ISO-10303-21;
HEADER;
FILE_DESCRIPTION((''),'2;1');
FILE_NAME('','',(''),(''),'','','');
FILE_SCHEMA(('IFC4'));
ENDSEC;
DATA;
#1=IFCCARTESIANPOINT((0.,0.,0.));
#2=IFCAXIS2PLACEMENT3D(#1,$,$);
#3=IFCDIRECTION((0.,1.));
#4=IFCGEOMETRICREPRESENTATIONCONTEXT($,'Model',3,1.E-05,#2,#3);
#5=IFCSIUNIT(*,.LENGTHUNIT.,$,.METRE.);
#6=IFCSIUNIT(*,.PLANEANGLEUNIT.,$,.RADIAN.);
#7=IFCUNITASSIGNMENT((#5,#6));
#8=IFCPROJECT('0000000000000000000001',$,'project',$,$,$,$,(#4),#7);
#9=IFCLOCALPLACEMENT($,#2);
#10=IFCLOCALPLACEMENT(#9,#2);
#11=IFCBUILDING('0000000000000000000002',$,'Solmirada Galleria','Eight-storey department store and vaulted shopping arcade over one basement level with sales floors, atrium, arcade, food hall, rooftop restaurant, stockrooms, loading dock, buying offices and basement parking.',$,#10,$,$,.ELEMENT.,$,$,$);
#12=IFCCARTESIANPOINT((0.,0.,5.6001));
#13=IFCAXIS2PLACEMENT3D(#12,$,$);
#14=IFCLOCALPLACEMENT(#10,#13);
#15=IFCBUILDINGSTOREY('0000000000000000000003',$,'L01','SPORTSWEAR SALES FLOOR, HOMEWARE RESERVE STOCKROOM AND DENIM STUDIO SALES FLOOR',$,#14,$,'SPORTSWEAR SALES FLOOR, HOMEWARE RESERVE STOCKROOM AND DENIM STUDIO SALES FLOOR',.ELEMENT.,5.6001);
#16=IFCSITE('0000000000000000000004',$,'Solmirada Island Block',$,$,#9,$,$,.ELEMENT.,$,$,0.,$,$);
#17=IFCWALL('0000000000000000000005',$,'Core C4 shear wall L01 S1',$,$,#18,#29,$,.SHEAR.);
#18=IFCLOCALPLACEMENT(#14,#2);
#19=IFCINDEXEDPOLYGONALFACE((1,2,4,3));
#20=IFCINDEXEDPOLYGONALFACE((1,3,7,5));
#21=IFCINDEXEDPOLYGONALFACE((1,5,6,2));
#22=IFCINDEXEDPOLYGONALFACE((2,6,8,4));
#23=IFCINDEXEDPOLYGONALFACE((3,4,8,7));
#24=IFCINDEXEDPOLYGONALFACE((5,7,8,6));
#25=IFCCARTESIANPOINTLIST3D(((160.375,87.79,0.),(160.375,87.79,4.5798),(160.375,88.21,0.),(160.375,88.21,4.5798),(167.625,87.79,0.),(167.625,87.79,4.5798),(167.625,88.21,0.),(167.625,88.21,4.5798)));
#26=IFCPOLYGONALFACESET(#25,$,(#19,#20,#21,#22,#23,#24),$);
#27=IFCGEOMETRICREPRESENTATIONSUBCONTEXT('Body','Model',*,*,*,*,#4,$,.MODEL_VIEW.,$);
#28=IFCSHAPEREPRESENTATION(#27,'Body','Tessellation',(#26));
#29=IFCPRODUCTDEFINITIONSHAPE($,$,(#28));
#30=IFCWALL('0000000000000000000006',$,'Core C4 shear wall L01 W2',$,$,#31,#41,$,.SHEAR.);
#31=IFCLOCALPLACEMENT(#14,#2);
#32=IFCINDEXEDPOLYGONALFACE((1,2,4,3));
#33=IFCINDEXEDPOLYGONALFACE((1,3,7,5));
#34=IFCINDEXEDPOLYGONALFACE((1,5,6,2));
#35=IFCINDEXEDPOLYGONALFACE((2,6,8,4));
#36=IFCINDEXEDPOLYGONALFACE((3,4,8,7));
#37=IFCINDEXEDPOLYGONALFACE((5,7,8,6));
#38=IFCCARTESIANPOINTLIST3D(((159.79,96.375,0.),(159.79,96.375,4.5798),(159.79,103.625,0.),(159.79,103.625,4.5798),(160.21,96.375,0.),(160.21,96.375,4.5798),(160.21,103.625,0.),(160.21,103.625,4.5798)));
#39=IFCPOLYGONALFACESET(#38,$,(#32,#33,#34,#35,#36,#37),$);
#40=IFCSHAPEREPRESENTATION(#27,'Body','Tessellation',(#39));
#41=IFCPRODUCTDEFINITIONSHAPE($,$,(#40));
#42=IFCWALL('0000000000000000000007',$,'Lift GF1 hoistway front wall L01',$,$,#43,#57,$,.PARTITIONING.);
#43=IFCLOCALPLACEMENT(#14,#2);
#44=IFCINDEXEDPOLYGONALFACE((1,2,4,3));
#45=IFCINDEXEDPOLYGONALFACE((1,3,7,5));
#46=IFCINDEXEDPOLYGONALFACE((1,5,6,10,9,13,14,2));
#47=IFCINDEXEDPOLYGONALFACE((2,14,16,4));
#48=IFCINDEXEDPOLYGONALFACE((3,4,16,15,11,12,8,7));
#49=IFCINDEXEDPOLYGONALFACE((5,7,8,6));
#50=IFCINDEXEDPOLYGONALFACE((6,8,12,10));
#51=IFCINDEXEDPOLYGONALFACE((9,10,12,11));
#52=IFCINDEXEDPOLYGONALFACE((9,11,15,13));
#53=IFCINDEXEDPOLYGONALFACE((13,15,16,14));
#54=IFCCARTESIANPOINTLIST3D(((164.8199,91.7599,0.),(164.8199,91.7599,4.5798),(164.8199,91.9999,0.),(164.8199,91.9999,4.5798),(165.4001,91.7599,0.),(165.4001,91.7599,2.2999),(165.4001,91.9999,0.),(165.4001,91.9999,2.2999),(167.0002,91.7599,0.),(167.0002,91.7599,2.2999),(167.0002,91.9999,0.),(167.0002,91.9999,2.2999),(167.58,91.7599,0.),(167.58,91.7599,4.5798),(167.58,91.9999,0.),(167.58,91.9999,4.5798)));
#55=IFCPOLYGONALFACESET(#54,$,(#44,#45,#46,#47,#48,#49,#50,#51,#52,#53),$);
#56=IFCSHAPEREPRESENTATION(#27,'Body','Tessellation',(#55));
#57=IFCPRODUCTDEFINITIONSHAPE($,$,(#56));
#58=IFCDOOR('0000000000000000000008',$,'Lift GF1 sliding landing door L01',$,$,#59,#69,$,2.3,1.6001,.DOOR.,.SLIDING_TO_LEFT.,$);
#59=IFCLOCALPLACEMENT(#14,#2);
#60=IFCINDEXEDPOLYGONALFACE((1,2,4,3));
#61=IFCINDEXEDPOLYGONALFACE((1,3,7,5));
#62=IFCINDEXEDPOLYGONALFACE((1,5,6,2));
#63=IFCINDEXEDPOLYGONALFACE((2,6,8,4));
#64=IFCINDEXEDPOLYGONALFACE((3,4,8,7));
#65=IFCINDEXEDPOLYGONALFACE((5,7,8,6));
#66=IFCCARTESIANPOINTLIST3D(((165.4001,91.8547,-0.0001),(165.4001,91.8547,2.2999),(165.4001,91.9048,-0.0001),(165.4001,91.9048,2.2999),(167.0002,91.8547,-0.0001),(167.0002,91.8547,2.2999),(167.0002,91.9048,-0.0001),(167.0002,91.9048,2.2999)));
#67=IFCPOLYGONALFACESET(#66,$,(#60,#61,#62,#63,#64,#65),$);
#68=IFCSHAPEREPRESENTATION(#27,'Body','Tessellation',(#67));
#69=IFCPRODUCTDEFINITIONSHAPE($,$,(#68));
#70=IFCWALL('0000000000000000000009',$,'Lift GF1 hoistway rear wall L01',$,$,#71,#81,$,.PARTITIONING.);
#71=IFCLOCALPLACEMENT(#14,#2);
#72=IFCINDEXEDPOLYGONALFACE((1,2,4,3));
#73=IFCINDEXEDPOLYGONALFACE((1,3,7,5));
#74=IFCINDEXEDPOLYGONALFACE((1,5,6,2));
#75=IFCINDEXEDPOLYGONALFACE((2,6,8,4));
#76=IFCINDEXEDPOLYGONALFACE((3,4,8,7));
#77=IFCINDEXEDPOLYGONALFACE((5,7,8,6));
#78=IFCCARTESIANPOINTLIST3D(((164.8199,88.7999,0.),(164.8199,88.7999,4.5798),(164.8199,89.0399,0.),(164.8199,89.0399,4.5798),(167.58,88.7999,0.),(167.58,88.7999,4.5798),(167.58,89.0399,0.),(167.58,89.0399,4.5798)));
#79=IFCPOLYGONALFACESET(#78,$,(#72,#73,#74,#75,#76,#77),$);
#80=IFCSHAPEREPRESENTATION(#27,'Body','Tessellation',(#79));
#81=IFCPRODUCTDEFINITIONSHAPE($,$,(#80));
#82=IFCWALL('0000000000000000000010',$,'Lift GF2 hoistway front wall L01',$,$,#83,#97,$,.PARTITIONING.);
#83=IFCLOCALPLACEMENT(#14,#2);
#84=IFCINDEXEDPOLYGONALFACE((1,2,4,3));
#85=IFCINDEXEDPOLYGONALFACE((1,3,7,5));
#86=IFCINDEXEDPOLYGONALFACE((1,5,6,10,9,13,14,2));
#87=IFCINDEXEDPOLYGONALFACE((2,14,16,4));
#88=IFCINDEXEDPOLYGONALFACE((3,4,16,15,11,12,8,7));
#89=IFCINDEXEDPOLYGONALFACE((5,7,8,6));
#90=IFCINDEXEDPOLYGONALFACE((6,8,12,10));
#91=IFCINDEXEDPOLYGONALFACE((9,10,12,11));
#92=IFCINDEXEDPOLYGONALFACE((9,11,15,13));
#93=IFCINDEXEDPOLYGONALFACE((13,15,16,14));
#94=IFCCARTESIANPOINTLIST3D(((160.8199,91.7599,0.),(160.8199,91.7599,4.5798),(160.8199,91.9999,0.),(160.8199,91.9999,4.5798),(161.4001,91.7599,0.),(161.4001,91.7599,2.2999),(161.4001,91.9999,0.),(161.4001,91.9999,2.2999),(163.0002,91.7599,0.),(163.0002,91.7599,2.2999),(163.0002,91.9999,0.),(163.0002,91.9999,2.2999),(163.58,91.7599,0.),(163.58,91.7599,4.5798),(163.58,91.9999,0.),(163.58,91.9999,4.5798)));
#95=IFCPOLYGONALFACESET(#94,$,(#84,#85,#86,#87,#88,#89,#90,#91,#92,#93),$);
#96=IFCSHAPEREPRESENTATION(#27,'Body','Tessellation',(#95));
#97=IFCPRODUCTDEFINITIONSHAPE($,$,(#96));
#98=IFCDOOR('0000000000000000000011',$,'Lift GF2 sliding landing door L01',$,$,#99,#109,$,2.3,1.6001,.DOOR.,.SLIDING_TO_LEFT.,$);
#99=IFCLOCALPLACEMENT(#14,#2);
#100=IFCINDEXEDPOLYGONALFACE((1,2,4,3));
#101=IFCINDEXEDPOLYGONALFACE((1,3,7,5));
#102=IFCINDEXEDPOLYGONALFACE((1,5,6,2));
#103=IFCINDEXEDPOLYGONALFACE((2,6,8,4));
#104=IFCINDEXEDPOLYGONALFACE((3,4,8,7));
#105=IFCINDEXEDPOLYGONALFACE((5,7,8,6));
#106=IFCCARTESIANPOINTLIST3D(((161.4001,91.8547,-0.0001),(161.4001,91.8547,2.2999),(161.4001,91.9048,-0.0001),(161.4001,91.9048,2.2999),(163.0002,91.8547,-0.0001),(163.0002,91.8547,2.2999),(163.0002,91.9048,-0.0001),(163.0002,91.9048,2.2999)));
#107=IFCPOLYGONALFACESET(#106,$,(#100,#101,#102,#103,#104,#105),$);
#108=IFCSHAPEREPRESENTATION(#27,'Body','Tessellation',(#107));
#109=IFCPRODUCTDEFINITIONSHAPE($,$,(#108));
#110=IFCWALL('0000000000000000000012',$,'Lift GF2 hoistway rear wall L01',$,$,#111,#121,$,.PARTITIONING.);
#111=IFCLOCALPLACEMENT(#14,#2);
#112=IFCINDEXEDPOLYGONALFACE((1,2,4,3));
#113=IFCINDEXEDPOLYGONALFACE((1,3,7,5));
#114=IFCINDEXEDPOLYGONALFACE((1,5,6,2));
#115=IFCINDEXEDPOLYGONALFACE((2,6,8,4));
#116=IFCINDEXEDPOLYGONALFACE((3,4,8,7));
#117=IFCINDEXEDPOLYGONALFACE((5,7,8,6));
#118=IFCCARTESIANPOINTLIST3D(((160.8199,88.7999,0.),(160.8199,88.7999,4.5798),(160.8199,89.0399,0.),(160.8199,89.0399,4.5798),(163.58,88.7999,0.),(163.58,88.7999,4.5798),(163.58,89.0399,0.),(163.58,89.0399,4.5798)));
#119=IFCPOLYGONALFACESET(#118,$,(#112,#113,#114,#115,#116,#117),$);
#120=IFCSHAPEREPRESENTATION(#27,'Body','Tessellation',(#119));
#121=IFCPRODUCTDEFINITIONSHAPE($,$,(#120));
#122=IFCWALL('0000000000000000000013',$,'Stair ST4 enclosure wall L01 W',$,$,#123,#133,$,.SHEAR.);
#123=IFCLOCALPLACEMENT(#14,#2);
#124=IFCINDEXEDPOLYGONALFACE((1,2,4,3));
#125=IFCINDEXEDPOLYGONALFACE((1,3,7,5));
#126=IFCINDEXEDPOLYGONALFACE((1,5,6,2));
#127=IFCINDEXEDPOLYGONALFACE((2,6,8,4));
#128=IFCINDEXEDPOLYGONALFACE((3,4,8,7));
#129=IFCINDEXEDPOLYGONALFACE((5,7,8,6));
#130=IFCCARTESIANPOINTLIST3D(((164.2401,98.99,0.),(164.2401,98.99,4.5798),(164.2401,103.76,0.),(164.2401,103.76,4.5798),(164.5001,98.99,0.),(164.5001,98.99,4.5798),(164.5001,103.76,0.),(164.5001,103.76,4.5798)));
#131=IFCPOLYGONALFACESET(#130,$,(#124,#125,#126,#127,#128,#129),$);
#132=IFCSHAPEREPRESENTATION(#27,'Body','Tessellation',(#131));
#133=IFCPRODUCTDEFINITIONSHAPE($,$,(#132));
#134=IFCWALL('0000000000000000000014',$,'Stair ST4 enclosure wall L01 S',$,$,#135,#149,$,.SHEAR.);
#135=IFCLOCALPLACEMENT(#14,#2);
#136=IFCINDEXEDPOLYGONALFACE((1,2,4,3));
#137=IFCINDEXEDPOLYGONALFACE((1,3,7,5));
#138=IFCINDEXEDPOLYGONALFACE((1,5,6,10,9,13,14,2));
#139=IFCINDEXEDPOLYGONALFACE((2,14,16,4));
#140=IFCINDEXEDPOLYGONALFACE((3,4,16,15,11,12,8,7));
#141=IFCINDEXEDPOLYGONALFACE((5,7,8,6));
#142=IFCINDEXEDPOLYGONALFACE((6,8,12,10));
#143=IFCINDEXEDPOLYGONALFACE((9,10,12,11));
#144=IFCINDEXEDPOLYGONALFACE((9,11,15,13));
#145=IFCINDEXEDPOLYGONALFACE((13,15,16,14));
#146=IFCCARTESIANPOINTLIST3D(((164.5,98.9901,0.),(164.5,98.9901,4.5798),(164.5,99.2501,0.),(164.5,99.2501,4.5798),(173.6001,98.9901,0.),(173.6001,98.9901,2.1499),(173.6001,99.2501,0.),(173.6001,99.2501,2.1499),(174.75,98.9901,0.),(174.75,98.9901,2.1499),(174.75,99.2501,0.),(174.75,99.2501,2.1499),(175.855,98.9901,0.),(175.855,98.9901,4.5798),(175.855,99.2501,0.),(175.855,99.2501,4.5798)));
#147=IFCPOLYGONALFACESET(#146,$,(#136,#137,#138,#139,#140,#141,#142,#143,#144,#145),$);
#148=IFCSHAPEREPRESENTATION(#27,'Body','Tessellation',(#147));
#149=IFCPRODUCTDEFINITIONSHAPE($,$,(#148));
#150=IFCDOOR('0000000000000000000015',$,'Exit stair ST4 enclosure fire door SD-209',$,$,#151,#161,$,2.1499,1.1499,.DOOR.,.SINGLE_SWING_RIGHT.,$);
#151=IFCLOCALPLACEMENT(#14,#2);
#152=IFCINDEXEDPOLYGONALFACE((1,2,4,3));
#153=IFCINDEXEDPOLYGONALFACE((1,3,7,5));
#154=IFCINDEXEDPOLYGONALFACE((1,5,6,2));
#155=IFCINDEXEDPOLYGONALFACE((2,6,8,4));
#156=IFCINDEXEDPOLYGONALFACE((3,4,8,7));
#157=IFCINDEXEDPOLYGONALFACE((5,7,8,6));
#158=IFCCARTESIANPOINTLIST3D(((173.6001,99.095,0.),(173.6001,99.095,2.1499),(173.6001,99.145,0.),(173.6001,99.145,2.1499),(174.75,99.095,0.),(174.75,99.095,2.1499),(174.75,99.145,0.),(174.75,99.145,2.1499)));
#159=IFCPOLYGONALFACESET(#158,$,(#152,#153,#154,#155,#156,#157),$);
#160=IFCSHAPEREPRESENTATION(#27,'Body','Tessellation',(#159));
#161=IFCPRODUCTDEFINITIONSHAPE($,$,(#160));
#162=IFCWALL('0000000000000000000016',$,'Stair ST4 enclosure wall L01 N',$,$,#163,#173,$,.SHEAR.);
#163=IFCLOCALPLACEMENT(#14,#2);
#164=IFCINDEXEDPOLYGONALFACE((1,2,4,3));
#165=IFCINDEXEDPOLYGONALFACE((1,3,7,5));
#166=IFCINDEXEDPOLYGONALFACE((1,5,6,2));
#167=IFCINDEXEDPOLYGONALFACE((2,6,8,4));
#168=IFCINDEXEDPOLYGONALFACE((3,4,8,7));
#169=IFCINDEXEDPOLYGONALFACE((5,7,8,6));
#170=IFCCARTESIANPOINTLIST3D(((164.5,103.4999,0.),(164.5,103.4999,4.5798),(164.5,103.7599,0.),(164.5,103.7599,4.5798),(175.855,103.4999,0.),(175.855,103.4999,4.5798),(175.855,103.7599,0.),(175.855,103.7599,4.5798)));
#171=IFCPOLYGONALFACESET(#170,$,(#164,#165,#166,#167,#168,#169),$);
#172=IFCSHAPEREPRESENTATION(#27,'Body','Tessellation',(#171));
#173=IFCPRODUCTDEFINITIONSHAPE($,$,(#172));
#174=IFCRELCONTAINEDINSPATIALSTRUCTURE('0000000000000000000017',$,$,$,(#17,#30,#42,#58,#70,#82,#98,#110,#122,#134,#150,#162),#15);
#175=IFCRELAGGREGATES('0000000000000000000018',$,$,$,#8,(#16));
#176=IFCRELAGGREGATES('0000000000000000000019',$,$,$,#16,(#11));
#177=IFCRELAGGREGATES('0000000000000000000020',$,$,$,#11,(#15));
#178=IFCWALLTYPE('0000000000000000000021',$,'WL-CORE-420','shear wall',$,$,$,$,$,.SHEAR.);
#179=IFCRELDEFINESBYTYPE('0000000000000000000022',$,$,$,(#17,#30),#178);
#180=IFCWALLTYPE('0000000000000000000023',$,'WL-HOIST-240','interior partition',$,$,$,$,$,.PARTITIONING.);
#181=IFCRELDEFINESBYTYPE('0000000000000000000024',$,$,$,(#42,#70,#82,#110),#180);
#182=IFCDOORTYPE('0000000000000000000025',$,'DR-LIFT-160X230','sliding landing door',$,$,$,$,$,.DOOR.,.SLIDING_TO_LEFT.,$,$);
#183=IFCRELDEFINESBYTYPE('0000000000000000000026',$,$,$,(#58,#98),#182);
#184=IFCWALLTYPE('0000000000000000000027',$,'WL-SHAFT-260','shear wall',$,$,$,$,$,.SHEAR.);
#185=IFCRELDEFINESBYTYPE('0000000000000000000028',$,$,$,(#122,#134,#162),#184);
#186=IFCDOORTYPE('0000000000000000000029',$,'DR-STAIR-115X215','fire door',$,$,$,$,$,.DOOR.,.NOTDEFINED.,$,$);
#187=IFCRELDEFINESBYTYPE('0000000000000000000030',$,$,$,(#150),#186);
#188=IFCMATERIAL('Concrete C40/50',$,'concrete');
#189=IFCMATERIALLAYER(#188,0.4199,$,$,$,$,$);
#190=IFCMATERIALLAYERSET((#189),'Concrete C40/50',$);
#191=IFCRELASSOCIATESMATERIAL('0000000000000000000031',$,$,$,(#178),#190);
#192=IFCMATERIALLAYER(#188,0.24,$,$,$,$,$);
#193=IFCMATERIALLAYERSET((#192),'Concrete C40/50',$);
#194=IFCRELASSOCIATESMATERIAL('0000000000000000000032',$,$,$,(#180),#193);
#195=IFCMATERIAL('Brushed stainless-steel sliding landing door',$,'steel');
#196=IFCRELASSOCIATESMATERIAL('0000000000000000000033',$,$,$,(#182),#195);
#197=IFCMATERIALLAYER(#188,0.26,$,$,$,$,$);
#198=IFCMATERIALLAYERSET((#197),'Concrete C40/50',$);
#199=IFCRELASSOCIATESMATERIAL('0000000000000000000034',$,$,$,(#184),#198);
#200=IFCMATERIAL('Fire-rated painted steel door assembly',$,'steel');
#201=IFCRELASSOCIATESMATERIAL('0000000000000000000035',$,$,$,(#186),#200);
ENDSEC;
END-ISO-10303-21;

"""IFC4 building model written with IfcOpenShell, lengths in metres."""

from ifc_helpers import new_model, si_unit, direction, frame, frame_2d, origin, place, context, subcontext, project, spatial, rectangle, extrude, material, layer, layer_set, type_object, element, fill, save


model = new_model("IFC4")

# Units and contexts
model_context = context("Model", 3, precision=1e-05, world=origin(), true_north=direction((0.0, 1.0)))
body_context = subcontext(model_context, "Body", "Model", "MODEL_VIEW")
ifc_project = project(units=[si_unit("LENGTHUNIT", "METRE"), si_unit("PLANEANGLEUNIT", "RADIAN")], contexts=[model_context])

# Site, building, storey
site_placement = place(None, origin())
site = spatial("IfcSite", under=ifc_project, at=site_placement, Name="Solmirada Island Block", CompositionType="ELEMENT", RefElevation=0.0)
building_placement = place(site_placement, origin())
building = spatial("IfcBuilding", under=site, at=building_placement, Name="Solmirada Galleria", Description="Eight-storey department store and vaulted shopping arcade over one basement level with sales floors, atrium, arcade, food hall, rooftop restaurant, stockrooms, loading dock, buying offices and basement parking.", CompositionType="ELEMENT")
storey_placement = place(building_placement, frame((0.0, 0.0, 5.6001)))
storey = spatial("IfcBuildingStorey", under=building, at=storey_placement, Name="L01", Description="SPORTSWEAR SALES FLOOR, HOMEWARE RESERVE STOCKROOM AND DENIM STUDIO SALES FLOOR", LongName="SPORTSWEAR SALES FLOOR, HOMEWARE RESERVE STOCKROOM AND DENIM STUDIO SALES FLOOR", CompositionType="ELEMENT", Elevation=5.6001)

# Walls
ifc_material_1 = material(Name="Concrete C40/50", Category="concrete")
ifc_layer_1 = layer(ifc_material_1, 0.4199)
ifc_layer_set_1 = layer_set([ifc_layer_1], Name="Concrete C40/50")
wall_type_1 = type_object("IfcWallType", Name="WL-CORE-420", Description="shear wall", PredefinedType="SHEAR", material=ifc_layer_set_1)
for number, where, z_axis, x_axis, name in (
    (1, (160.375, 88.0, 0.0), (0.0, 0.0, 1.0), (1.0, 0.0, 0.0), "Core C4 shear wall L01 S1"),
    (2, (160.0, 96.375, 0.0), (0.0, 0.0, 1.0), (0.0, 1.0, 0.0), "Core C4 shear wall L01 W2"),
):
    element("IfcWall", number, at=place(storey_placement, frame(where, z_axis=z_axis, x_axis=x_axis)), inside=storey, type_object=wall_type_1, Name=name, PredefinedType="SHEAR", context=body_context, shape_type="SweptSolid", body=[
        extrude(rectangle(XDim=7.25, YDim=0.4199, at=frame_2d((3.625, 0.0))), origin(), (0.0, 0.0, 1.0), 4.5798),
    ])

# Wall, opening, door
ifc_layer_2 = layer(ifc_material_1, 0.24)
ifc_layer_set_2 = layer_set([ifc_layer_2], Name="Concrete C40/50")
wall_type_2 = type_object("IfcWallType", Name="WL-HOIST-240", Description="interior partition", PredefinedType="PARTITIONING", material=ifc_layer_set_2)
wall_1_placement = place(storey_placement, frame((164.8201, 91.8799, 0.0), z_axis=(0.0, 0.0, 1.0), x_axis=(1.0, 0.0, 0.0)))
wall_1 = element("IfcWall", 3, at=wall_1_placement, inside=storey, type_object=wall_type_2, Name="Lift GF1 hoistway front wall L01", PredefinedType="PARTITIONING", context=body_context, shape_type="SweptSolid", body=[
    extrude(rectangle(XDim=2.76, YDim=0.24, at=frame_2d((1.3799, 0.0))), origin(), (0.0, 0.0, 1.0), 4.5798),
])
opening_1_placement = place(wall_1_placement, frame((0.5801, 0.0, 0.0)))
opening_1 = element("IfcOpeningElement", 4, at=opening_1_placement, cuts=wall_1, PredefinedType="OPENING", context=body_context, shape_type="SweptSolid", body=[
    extrude(rectangle(XDim=1.6001, YDim=2.3, at=frame_2d((0.8, 1.1499))), frame((0.0, 0.1299, 0.0), z_axis=(0.0, -1.0, 0.0), x_axis=(1.0, 0.0, 0.0)), (0.0, 0.0, 1.0), 0.26),
])
ifc_material_2 = material(Name="Brushed stainless-steel sliding landing door", Category="steel")
door_type_1 = type_object("IfcDoorType", Name="DR-LIFT-160X230", Description="sliding landing door", OperationType="SLIDING_TO_LEFT", PredefinedType="DOOR", material=ifc_material_2)
door_1_placement = place(opening_1_placement, origin())
door_1 = element("IfcDoor", 5, at=door_1_placement, inside=storey, type_object=door_type_1, Name="Lift GF1 sliding landing door L01", OperationType="SLIDING_TO_LEFT", OverallHeight=2.3, OverallWidth=1.6001, PredefinedType="DOOR", context=body_context, shape_type="SweptSolid", body=[
    extrude(rectangle(XDim=1.6001, YDim=2.3, at=frame_2d((0.8, 1.1499))), frame((0.0, 0.0249, 0.0), z_axis=(0.0, -1.0, 0.0), x_axis=(1.0, 0.0, 0.0)), (0.0, 0.0, 1.0), 0.05),
])
fill(opening_1, door_1)

# Wall
wall_2_placement = place(storey_placement, frame((164.8201, 88.9199, 0.0), z_axis=(0.0, 0.0, 1.0), x_axis=(1.0, 0.0, 0.0)))
element("IfcWall", 6, at=wall_2_placement, inside=storey, type_object=wall_type_2, Name="Lift GF1 hoistway rear wall L01", PredefinedType="PARTITIONING", context=body_context, shape_type="SweptSolid", body=[
    extrude(rectangle(XDim=2.76, YDim=0.24, at=frame_2d((1.3799, 0.0))), origin(), (0.0, 0.0, 1.0), 4.5798),
])

# Wall, opening, door
wall_3_placement = place(storey_placement, frame((160.8201, 91.8799, 0.0), z_axis=(0.0, 0.0, 1.0), x_axis=(1.0, 0.0, 0.0)))
wall_3 = element("IfcWall", 7, at=wall_3_placement, inside=storey, type_object=wall_type_2, Name="Lift GF2 hoistway front wall L01", PredefinedType="PARTITIONING", context=body_context, shape_type="SweptSolid", body=[
    extrude(rectangle(XDim=2.76, YDim=0.24, at=frame_2d((1.3799, 0.0))), origin(), (0.0, 0.0, 1.0), 4.5798),
])
opening_2_placement = place(wall_3_placement, frame((0.5801, 0.0, 0.0)))
opening_2 = element("IfcOpeningElement", 8, at=opening_2_placement, cuts=wall_3, PredefinedType="OPENING", context=body_context, shape_type="SweptSolid", body=[
    extrude(rectangle(XDim=1.6001, YDim=2.3, at=frame_2d((0.8, 1.1499))), frame((0.0, 0.1299, 0.0), z_axis=(0.0, -1.0, 0.0), x_axis=(1.0, 0.0, 0.0)), (0.0, 0.0, 1.0), 0.26),
])
door_2_placement = place(opening_2_placement, origin())
door_2 = element("IfcDoor", 9, at=door_2_placement, inside=storey, type_object=door_type_1, Name="Lift GF2 sliding landing door L01", OperationType="SLIDING_TO_LEFT", OverallHeight=2.3, OverallWidth=1.6001, PredefinedType="DOOR", context=body_context, shape_type="SweptSolid", body=[
    extrude(rectangle(XDim=1.6001, YDim=2.3, at=frame_2d((0.8, 1.1499))), frame((0.0, 0.0249, 0.0), z_axis=(0.0, -1.0, 0.0), x_axis=(1.0, 0.0, 0.0)), (0.0, 0.0, 1.0), 0.05),
])
fill(opening_2, door_2)

# Walls
wall_4_placement = place(storey_placement, frame((160.8201, 88.9199, 0.0), z_axis=(0.0, 0.0, 1.0), x_axis=(1.0, 0.0, 0.0)))
element("IfcWall", 10, at=wall_4_placement, inside=storey, type_object=wall_type_2, Name="Lift GF2 hoistway rear wall L01", PredefinedType="PARTITIONING", context=body_context, shape_type="SweptSolid", body=[
    extrude(rectangle(XDim=2.76, YDim=0.24, at=frame_2d((1.3799, 0.0))), origin(), (0.0, 0.0, 1.0), 4.5798),
])
ifc_layer_3 = layer(ifc_material_1, 0.26)
ifc_layer_set_3 = layer_set([ifc_layer_3], Name="Concrete C40/50")
wall_type_3 = type_object("IfcWallType", Name="WL-SHAFT-260", Description="shear wall", PredefinedType="SHEAR", material=ifc_layer_set_3)
wall_5_placement = place(storey_placement, frame((164.3701, 98.99, 0.0), z_axis=(0.0, 0.0, 1.0), x_axis=(0.0, 1.0, 0.0)))
element("IfcWall", 11, at=wall_5_placement, inside=storey, type_object=wall_type_3, Name="Stair ST4 enclosure wall L01 W", PredefinedType="SHEAR", context=body_context, shape_type="SweptSolid", body=[
    extrude(rectangle(XDim=4.77, YDim=0.26, at=frame_2d((2.385, 0.0))), origin(), (0.0, 0.0, 1.0), 4.5798),
])

# Wall, opening, door
wall_6_placement = place(storey_placement, frame((164.5, 99.1201, 0.0), z_axis=(0.0, 0.0, 1.0), x_axis=(1.0, 0.0, 0.0)))
wall_6 = element("IfcWall", 12, at=wall_6_placement, inside=storey, type_object=wall_type_3, Name="Stair ST4 enclosure wall L01 S", PredefinedType="SHEAR", context=body_context, shape_type="SweptSolid", body=[
    extrude(rectangle(XDim=11.355, YDim=0.26, at=frame_2d((5.6775, 0.0))), origin(), (0.0, 0.0, 1.0), 4.5798),
])
opening_3_placement = place(wall_6_placement, frame((9.1001, 0.0, 0.0)))
opening_3 = element("IfcOpeningElement", 13, at=opening_3_placement, cuts=wall_6, PredefinedType="OPENING", context=body_context, shape_type="SweptSolid", body=[
    extrude(rectangle(XDim=1.1499, YDim=2.1499, at=frame_2d((0.575, 1.075))), frame((0.0, 0.1399, 0.0), z_axis=(0.0, -1.0, 0.0), x_axis=(1.0, 0.0, 0.0)), (0.0, 0.0, 1.0), 0.28),
])
ifc_material_3 = material(Name="Fire-rated painted steel door assembly", Category="steel")
door_type_2 = type_object("IfcDoorType", Name="DR-STAIR-115X215", Description="fire door", OperationType="NOTDEFINED", PredefinedType="DOOR", material=ifc_material_3)
door_3_placement = place(opening_3_placement, origin())
door_3 = element("IfcDoor", 14, at=door_3_placement, inside=storey, type_object=door_type_2, Name="Exit stair ST4 enclosure fire door SD-209", OperationType="SINGLE_SWING_RIGHT", OverallHeight=2.1499, OverallWidth=1.1499, PredefinedType="DOOR", context=body_context, shape_type="SweptSolid", body=[
    extrude(rectangle(XDim=1.1499, YDim=2.1499, at=frame_2d((0.575, 1.075))), frame((0.0, 0.0249, 0.0), z_axis=(0.0, -1.0, 0.0), x_axis=(1.0, 0.0, 0.0)), (0.0, 0.0, 1.0), 0.05),
])
fill(opening_3, door_3)

# Wall
wall_7_placement = place(storey_placement, frame((164.5, 103.6299, 0.0), z_axis=(0.0, 0.0, 1.0), x_axis=(1.0, 0.0, 0.0)))
element("IfcWall", 15, at=wall_7_placement, inside=storey, type_object=wall_type_3, Name="Stair ST4 enclosure wall L01 N", PredefinedType="SHEAR", context=body_context, shape_type="SweptSolid", body=[
    extrude(rectangle(XDim=11.355, YDim=0.26, at=frame_2d((5.6775, 0.0))), origin(), (0.0, 0.0, 1.0), 4.5798),
])

save(model, "model.ifc")
